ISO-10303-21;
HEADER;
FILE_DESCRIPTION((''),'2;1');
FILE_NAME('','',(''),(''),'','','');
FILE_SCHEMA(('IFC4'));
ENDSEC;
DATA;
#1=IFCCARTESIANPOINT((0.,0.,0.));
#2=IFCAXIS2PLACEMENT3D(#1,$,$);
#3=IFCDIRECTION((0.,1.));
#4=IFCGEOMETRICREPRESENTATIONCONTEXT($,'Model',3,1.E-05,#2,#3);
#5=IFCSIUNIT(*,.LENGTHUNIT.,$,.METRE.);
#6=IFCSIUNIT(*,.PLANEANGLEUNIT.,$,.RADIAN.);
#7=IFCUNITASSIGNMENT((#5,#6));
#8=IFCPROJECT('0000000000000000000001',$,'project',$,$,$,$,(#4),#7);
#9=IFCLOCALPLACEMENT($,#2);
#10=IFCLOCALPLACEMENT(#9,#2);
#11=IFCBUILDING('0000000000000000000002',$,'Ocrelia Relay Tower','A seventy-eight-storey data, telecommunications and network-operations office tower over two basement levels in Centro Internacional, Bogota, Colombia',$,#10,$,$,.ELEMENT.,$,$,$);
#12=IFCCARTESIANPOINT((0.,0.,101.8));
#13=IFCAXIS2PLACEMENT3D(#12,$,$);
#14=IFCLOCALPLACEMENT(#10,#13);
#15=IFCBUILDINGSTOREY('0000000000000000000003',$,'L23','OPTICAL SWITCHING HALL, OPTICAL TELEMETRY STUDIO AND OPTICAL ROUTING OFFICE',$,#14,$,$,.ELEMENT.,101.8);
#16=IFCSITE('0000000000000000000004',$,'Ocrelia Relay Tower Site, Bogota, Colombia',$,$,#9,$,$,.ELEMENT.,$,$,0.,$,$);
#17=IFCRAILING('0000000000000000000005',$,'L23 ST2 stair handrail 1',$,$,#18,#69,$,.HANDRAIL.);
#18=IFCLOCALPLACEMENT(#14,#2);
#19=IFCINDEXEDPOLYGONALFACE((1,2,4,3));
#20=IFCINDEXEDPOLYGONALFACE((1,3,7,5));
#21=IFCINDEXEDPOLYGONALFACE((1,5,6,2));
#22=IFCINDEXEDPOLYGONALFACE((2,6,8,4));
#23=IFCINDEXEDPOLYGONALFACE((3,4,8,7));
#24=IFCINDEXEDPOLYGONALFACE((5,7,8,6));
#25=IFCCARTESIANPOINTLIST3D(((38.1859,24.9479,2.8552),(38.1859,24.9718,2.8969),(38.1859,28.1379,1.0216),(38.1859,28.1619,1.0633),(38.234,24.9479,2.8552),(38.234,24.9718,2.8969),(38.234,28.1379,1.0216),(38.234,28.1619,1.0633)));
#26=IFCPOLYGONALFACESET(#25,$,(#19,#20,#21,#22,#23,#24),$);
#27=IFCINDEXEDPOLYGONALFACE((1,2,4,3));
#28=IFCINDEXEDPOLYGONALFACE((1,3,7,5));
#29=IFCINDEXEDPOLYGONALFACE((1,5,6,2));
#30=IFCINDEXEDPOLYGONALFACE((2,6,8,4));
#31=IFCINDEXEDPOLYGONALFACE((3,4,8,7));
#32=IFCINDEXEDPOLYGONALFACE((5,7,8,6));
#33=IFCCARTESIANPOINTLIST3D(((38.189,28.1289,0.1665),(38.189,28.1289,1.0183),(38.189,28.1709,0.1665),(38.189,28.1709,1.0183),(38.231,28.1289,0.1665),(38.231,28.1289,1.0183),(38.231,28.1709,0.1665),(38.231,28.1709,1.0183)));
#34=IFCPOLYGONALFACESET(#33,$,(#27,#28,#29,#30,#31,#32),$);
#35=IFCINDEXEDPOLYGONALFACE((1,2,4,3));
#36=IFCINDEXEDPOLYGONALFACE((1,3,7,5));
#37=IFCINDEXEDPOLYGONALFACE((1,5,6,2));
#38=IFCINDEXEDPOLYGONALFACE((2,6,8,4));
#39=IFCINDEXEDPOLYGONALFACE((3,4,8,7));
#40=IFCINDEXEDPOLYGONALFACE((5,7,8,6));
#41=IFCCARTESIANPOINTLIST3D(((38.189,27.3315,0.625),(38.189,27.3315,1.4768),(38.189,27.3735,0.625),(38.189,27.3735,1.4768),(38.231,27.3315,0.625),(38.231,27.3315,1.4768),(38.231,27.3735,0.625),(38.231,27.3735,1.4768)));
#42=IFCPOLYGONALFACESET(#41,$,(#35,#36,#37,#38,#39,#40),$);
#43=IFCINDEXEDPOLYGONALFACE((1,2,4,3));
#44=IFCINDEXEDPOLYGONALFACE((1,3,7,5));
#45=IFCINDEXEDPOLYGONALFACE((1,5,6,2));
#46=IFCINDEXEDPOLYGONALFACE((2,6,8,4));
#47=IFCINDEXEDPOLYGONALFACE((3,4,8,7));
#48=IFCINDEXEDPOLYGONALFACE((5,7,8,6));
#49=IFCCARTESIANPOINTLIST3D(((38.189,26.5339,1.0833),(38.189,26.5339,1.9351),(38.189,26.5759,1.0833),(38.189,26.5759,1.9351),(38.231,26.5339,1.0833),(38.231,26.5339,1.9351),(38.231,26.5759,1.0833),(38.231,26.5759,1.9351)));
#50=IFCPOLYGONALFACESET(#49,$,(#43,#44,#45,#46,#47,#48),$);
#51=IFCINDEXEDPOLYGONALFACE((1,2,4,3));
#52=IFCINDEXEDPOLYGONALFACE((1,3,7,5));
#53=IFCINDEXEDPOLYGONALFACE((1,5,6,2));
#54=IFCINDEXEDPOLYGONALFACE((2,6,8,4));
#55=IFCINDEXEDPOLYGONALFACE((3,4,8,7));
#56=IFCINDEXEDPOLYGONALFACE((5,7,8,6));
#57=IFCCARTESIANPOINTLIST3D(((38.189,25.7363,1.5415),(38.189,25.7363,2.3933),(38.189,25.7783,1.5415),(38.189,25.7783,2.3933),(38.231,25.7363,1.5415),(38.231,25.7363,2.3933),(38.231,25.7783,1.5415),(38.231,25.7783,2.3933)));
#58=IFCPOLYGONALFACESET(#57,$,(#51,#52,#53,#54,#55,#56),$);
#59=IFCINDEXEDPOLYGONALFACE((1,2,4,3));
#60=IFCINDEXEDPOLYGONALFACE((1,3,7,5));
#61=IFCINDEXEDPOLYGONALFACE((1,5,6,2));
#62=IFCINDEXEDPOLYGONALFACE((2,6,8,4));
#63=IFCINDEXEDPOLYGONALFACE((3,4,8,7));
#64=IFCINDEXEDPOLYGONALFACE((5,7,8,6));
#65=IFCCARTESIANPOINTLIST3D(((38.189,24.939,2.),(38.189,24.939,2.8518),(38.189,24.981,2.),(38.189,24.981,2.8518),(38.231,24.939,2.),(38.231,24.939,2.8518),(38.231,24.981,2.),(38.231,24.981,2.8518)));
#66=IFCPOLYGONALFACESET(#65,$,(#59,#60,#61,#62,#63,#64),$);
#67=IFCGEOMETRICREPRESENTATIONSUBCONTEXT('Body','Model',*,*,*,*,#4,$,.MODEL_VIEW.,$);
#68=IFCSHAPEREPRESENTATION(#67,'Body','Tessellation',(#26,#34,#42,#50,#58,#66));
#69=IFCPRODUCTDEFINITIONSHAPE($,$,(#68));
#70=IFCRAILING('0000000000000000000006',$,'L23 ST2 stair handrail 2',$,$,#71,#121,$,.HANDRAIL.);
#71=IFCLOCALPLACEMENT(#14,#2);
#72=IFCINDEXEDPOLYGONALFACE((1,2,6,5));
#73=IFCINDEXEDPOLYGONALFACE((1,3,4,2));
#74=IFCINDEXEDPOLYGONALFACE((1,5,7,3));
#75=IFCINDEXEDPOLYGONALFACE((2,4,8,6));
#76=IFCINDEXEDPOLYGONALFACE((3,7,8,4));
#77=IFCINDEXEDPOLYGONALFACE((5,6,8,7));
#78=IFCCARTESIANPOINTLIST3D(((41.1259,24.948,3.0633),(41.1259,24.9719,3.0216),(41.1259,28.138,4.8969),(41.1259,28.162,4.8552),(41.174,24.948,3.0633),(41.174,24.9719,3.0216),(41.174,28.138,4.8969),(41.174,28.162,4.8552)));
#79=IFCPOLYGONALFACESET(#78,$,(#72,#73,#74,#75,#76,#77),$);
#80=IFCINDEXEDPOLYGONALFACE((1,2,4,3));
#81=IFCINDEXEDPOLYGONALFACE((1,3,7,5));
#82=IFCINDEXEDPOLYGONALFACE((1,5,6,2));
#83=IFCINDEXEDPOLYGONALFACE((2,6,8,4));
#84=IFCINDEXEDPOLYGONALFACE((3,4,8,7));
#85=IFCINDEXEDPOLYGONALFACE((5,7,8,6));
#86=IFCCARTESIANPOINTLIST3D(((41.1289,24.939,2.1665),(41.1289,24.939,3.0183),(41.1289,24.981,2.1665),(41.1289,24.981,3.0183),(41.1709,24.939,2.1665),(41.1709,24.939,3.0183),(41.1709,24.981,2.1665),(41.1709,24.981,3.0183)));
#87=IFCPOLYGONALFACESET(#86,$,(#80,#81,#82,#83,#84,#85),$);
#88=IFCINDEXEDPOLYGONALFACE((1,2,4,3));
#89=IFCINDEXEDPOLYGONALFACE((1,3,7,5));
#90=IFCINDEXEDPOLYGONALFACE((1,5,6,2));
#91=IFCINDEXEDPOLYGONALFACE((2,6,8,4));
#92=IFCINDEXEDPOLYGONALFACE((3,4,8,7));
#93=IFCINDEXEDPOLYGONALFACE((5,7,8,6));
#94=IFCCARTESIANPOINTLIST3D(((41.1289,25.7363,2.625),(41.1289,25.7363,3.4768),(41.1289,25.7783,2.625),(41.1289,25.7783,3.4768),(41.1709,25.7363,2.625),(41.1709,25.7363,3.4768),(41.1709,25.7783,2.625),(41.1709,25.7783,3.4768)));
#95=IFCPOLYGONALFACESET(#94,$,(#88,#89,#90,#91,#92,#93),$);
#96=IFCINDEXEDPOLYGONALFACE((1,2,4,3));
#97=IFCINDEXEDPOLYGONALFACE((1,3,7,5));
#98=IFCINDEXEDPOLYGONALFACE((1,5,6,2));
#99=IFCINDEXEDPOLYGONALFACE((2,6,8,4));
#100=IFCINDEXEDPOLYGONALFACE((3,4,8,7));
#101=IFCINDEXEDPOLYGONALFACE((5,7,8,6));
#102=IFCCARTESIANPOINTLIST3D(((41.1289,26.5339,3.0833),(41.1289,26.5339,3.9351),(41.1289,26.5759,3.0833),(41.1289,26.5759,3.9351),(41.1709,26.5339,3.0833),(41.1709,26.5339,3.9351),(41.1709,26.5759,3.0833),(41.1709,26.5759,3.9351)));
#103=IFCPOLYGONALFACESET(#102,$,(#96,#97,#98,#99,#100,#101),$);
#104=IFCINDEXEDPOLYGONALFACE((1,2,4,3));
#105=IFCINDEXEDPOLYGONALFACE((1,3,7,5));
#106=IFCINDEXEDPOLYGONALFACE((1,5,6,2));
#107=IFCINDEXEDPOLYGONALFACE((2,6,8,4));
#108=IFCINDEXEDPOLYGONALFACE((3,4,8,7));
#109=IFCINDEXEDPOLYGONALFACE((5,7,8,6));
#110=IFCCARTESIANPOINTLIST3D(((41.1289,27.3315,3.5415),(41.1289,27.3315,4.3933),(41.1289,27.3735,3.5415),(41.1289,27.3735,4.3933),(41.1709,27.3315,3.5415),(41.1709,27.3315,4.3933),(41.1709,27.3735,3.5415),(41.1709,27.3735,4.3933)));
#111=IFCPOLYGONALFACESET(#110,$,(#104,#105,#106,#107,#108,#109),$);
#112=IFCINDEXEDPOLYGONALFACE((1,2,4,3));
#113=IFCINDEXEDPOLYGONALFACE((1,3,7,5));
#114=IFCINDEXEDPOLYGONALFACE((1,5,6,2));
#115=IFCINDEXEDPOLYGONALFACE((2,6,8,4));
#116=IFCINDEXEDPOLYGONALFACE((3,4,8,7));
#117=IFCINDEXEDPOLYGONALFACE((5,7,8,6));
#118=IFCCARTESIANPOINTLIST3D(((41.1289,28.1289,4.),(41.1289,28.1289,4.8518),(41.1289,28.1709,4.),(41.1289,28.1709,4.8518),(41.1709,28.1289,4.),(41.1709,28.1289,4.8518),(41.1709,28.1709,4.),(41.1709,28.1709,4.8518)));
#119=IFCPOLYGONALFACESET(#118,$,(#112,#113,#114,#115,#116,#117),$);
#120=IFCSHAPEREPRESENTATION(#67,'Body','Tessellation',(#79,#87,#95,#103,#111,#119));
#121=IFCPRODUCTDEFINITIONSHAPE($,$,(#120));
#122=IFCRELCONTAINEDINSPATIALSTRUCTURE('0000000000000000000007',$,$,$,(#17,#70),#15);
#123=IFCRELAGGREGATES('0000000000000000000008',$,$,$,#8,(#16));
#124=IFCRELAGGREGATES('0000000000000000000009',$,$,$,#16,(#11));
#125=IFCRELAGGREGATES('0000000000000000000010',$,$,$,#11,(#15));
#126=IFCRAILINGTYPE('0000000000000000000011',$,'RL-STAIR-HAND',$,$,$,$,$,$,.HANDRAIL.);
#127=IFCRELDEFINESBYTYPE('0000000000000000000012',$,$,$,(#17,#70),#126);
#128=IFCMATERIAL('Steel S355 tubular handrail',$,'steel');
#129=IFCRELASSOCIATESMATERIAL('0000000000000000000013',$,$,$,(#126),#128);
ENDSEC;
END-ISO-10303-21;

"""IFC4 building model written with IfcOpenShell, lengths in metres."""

from ifc_helpers import new_model, si_unit, direction, frame, origin, origin_2d, place, context, subcontext, project, spatial, rectangle, extrude, material, type_object, element, save


model = new_model("IFC4")

# Units and contexts
model_context = context("Model", 3, precision=1e-05, world=origin(), true_north=direction((0.0, 1.0)))
body_context = subcontext(model_context, "Body", "Model", "MODEL_VIEW")
ifc_project = project(units=[si_unit("LENGTHUNIT", "METRE"), si_unit("PLANEANGLEUNIT", "RADIAN")], contexts=[model_context])

# Site, building, storey
site_placement = place(None, origin())
site = spatial("IfcSite", under=ifc_project, at=site_placement, Name="Ocrelia Relay Tower Site, Bogota, Colombia", CompositionType="ELEMENT", RefElevation=0.0)
building_placement = place(site_placement, origin())
building = spatial("IfcBuilding", under=site, at=building_placement, Name="Ocrelia Relay Tower", Description="A seventy-eight-storey data, telecommunications and network-operations office tower over two basement levels in Centro Internacional, Bogota, Colombia", CompositionType="ELEMENT")
storey_placement = place(building_placement, frame((0.0, 0.0, 101.8)))
storey = spatial("IfcBuildingStorey", under=building, at=storey_placement, Name="L23", Description="OPTICAL SWITCHING HALL, OPTICAL TELEMETRY STUDIO AND OPTICAL ROUTING OFFICE", CompositionType="ELEMENT", Elevation=101.8)

# Railings
ifc_material_1 = material(Name="Steel S355 tubular handrail", Category="steel")
railing_type_1 = type_object("IfcRailingType", Name="RL-STAIR-HAND", PredefinedType="HANDRAIL", material=ifc_material_1)
railing_1_placement = place(storey_placement, frame((38.21, 28.1499, 0.1665)))
element("IfcRailing", 1, at=railing_1_placement, inside=storey, type_object=railing_type_1, Name="L23 ST2 stair handrail 1", PredefinedType="HANDRAIL", context=body_context, shape_type="SweptSolid", body=[
    extrude(rectangle(XDim=0.0481, YDim=0.0481, at=origin_2d()), frame((0.0, 0.0, 0.876), z_axis=(0.0, -0.866991, 0.498324), x_axis=(1.0, 0.0, 0.0)), (0.0, 0.0, 1.0), 3.6794),
    extrude(rectangle(XDim=0.042, YDim=0.042, at=origin_2d()), origin(), (0.0, 0.0, 1.0), 0.8518),
    extrude(rectangle(XDim=0.042, YDim=0.042, at=origin_2d()), frame((0.0, -0.7974, 0.4585)), (0.0, 0.0, 1.0), 0.8518),
    extrude(rectangle(XDim=0.042, YDim=0.042, at=origin_2d()), frame((0.0, -1.595, 0.9167)), (0.0, 0.0, 1.0), 0.8518),
    extrude(rectangle(XDim=0.042, YDim=0.042, at=origin_2d()), frame((0.0, -2.3926, 1.375)), (0.0, 0.0, 1.0), 0.8518),
    extrude(rectangle(XDim=0.042, YDim=0.042, at=origin_2d()), frame((0.0, -3.1899, 1.8335)), (0.0, 0.0, 1.0), 0.8518),
])
railing_2_placement = place(storey_placement, frame((41.1499, 24.96, 2.1665)))
element("IfcRailing", 2, at=railing_2_placement, inside=storey, type_object=railing_type_1, Name="L23 ST2 stair handrail 2", PredefinedType="HANDRAIL", context=body_context, shape_type="SweptSolid", body=[
    extrude(rectangle(XDim=0.0481, YDim=0.0481, at=origin_2d()), frame((0.0, 0.0, 0.876), z_axis=(0.0, 0.866991, 0.498324), x_axis=(-1.0, 0.0, 0.0)), (0.0, 0.0, 1.0), 3.6794),
    extrude(rectangle(XDim=0.042, YDim=0.042, at=origin_2d()), origin(), (0.0, 0.0, 1.0), 0.8518),
    extrude(rectangle(XDim=0.042, YDim=0.042, at=origin_2d()), frame((0.0, 0.7974, 0.4585)), (0.0, 0.0, 1.0), 0.8518),
    extrude(rectangle(XDim=0.042, YDim=0.042, at=origin_2d()), frame((0.0, 1.595, 0.9167)), (0.0, 0.0, 1.0), 0.8518),
    extrude(rectangle(XDim=0.042, YDim=0.042, at=origin_2d()), frame((0.0, 2.3926, 1.375)), (0.0, 0.0, 1.0), 0.8518),
    extrude(rectangle(XDim=0.042, YDim=0.042, at=origin_2d()), frame((0.0, 3.1899, 1.8335)), (0.0, 0.0, 1.0), 0.8518),
])

save(model, "model.ifc")
